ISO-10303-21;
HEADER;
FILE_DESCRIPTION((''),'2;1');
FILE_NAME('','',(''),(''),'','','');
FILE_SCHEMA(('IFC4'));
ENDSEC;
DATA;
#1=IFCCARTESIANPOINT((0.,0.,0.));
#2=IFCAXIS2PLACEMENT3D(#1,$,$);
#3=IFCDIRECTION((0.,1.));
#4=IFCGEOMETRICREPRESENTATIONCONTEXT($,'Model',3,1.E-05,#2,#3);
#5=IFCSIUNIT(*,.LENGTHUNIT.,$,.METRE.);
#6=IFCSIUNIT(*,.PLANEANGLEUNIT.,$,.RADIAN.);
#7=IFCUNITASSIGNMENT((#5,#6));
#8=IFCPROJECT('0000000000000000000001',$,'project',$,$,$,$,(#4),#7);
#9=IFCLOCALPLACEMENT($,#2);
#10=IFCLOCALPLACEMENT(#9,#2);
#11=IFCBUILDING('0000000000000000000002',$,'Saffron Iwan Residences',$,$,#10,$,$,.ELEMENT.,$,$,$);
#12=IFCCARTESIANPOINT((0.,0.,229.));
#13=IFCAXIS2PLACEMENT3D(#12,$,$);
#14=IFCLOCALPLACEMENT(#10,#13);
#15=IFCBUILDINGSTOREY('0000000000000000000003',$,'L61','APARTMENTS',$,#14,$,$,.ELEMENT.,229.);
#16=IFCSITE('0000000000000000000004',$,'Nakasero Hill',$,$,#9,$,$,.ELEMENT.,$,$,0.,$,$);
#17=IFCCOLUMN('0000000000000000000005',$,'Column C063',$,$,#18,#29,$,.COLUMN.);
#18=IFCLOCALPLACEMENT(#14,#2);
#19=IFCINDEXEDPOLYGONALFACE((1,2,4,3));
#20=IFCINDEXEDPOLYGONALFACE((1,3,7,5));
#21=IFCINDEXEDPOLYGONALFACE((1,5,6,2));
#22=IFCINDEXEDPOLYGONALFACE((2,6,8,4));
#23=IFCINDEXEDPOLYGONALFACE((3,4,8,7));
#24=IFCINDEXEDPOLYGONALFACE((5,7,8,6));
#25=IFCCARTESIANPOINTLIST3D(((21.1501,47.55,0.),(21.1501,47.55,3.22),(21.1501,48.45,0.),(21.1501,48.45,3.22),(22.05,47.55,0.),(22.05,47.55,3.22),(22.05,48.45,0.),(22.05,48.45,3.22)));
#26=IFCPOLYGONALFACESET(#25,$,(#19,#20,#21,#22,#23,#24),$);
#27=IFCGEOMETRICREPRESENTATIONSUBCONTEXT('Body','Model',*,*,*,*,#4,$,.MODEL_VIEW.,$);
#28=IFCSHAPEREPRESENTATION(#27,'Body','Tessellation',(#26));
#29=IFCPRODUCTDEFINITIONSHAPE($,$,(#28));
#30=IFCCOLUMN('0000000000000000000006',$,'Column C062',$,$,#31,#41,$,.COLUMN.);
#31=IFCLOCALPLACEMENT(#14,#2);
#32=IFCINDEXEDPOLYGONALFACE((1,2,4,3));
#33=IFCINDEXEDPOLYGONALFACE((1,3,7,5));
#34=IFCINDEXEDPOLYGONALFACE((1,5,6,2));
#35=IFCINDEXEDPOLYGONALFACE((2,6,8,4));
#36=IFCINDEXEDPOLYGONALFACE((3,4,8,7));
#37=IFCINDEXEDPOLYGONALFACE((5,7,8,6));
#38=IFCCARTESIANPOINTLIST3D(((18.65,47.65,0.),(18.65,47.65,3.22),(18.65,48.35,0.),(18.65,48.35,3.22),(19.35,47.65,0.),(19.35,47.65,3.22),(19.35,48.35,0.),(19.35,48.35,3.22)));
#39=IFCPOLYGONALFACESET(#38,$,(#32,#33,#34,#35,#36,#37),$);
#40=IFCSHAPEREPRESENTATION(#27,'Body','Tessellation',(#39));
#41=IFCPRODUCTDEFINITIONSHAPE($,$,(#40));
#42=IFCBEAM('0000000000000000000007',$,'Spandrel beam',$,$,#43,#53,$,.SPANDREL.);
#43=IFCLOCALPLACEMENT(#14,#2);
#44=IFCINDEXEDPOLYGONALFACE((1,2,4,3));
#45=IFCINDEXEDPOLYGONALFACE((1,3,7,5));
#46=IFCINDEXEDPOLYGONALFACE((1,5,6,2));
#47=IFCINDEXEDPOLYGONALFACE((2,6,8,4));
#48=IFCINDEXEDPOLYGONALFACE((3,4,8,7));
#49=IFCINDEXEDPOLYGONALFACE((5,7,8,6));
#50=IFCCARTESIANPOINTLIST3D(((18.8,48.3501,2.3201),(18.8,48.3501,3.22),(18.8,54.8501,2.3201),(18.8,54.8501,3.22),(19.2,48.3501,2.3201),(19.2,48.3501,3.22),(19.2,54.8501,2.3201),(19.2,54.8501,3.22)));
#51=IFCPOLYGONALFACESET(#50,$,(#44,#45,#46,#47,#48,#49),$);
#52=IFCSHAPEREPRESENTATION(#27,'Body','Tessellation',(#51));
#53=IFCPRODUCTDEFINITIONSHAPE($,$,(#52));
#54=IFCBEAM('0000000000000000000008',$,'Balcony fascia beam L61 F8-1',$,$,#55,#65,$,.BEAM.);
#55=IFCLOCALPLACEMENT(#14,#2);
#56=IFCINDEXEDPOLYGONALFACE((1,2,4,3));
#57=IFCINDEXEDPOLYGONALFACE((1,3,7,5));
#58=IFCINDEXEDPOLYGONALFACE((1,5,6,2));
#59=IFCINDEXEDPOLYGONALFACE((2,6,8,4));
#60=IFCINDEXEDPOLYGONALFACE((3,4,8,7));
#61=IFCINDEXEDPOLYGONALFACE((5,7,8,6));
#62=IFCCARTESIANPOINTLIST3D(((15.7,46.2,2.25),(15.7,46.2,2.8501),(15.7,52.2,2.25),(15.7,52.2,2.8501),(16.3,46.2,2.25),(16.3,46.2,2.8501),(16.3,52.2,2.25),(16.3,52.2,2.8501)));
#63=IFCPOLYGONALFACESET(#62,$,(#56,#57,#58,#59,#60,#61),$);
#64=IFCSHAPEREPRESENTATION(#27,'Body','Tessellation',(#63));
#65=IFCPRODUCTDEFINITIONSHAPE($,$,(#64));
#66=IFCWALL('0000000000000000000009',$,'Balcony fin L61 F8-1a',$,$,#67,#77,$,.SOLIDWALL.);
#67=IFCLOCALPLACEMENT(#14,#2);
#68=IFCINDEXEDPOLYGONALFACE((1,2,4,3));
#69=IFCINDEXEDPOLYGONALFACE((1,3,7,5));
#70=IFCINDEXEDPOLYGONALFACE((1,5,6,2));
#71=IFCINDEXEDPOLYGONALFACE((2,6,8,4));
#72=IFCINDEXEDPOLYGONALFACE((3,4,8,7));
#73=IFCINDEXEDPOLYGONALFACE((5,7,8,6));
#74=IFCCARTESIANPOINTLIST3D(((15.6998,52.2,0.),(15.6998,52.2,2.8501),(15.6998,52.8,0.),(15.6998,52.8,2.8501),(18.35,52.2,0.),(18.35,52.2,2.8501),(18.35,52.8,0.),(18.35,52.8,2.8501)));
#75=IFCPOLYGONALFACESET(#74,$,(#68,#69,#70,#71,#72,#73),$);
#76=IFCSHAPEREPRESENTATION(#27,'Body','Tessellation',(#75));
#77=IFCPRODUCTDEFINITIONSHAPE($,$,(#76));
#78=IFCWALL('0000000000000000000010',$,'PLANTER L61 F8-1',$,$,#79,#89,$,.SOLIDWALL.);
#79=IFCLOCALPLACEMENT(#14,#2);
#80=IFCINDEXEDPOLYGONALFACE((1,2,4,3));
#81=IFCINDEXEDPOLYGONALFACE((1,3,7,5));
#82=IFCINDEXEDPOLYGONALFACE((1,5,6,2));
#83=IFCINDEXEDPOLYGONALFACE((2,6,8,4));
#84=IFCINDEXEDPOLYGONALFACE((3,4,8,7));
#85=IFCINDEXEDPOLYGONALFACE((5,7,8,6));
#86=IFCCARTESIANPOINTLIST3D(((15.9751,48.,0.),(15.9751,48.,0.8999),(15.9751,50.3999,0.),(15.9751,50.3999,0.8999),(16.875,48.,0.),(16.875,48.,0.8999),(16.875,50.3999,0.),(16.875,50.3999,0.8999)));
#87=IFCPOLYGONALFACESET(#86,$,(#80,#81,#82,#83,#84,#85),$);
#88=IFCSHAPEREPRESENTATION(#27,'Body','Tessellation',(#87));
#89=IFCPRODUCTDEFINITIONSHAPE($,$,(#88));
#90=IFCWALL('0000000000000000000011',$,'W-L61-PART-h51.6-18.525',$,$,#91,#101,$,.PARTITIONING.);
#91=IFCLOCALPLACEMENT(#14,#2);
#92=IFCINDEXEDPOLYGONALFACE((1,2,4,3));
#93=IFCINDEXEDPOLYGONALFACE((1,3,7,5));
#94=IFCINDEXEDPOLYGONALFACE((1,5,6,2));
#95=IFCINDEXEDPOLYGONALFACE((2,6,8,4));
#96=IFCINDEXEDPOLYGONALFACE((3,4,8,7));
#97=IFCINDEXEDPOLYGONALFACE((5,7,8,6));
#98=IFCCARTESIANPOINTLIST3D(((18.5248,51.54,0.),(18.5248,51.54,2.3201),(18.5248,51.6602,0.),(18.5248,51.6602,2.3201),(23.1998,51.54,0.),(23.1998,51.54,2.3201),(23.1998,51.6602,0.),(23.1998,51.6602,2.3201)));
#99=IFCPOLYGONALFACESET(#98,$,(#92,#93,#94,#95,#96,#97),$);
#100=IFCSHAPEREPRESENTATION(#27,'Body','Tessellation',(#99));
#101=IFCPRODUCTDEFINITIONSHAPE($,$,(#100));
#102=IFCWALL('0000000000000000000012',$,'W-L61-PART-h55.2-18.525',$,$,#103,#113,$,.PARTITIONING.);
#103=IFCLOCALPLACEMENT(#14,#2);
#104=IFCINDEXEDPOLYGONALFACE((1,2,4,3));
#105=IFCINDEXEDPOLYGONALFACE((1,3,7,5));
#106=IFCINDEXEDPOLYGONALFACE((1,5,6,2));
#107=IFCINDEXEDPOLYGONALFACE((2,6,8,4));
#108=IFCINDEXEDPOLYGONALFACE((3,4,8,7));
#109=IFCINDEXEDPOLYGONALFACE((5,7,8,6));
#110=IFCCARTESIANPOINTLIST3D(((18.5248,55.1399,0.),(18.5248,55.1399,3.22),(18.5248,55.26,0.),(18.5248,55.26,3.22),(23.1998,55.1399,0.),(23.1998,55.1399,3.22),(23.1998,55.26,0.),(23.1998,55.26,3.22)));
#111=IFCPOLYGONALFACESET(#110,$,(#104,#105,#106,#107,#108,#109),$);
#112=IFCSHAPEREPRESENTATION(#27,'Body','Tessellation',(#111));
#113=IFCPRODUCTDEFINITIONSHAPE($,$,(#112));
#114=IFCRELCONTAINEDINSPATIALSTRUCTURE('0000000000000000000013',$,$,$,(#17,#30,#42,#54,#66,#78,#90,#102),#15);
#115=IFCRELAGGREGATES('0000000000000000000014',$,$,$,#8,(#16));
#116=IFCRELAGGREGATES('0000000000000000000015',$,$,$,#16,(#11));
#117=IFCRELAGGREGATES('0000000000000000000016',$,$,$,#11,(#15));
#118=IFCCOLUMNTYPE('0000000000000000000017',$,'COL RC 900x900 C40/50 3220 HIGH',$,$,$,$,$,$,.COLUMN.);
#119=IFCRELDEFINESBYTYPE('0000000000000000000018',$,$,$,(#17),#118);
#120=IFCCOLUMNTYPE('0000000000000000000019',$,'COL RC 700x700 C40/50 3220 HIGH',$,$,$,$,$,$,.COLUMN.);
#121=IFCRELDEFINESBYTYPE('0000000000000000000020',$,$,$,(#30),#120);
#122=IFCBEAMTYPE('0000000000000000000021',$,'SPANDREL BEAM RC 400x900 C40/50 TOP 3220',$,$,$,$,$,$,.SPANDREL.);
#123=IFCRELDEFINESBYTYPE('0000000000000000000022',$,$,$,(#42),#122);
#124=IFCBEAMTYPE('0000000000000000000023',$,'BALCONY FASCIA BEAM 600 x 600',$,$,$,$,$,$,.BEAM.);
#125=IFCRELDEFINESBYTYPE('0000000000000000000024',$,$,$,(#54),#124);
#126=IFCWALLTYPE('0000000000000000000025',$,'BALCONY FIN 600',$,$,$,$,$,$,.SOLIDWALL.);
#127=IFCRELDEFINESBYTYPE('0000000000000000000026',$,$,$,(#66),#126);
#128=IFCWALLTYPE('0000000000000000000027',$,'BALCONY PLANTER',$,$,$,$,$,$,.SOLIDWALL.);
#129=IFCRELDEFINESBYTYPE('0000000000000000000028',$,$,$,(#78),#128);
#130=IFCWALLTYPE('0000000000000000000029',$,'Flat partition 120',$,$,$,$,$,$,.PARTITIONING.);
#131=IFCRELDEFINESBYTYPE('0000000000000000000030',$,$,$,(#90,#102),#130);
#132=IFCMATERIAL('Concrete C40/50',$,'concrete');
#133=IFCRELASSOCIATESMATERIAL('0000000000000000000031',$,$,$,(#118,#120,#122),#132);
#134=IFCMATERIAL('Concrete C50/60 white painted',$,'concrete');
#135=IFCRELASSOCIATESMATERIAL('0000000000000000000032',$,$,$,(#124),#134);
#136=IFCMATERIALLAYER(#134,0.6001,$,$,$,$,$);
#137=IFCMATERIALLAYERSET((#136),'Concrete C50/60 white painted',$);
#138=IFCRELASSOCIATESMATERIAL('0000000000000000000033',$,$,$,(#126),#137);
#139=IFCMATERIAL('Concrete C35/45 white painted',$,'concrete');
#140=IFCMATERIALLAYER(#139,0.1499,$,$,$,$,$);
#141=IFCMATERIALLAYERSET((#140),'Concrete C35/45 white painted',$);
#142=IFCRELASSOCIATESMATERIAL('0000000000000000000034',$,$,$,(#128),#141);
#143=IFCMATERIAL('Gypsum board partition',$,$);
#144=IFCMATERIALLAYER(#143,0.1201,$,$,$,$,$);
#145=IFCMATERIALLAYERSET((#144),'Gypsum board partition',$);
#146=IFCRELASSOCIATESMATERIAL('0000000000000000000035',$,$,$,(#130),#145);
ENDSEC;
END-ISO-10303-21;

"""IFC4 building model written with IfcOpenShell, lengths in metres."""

from ifc_helpers import new_model, si_unit, direction, frame, frame_2d, origin, origin_2d, place, context, subcontext, project, spatial, rectangle, extrude, source, transform, mapped, material, layer, layer_set, material_profile, profile_set, type_object, element, save


model = new_model("IFC4")

# Units and contexts
model_context = context("Model", 3, precision=1e-05, world=origin(), true_north=direction((0.0, 1.0)))
body_context = subcontext(model_context, "Body", "Model", "MODEL_VIEW")
ifc_project = project(units=[si_unit("LENGTHUNIT", "METRE"), si_unit("PLANEANGLEUNIT", "RADIAN")], contexts=[model_context])

# Site, building, storey
site_placement = place(None, origin())
site = spatial("IfcSite", under=ifc_project, at=site_placement, Name="Nakasero Hill", CompositionType="ELEMENT", RefElevation=0.0)
building_placement = place(site_placement, origin())
building = spatial("IfcBuilding", under=site, at=building_placement, Name="Saffron Iwan Residences", CompositionType="ELEMENT")
storey_placement = place(building_placement, frame((0.0, 0.0, 229.0)))
storey = spatial("IfcBuildingStorey", under=building, at=storey_placement, Name="L61", Description="APARTMENTS", CompositionType="ELEMENT", Elevation=229.0)

# Columns
ifc_material_1 = material(Name="Concrete C40/50", Category="concrete")
ifc_material_profile_1 = material_profile(ifc_material_1, rectangle(XDim=0.8999, YDim=0.8999, at=origin_2d()), Name="RC 900x900")
ifc_profile_set_1 = profile_set([ifc_material_profile_1], Name="Concrete C40/50")
column_type_1 = type_object("IfcColumnType", Name="COL RC 900x900 C40/50 3220 HIGH", PredefinedType="COLUMN", material=ifc_profile_set_1)
shared_shape_1 = source(origin(), body_context, "Body", "SweptSolid", [
    extrude(rectangle(XDim=0.8999, YDim=0.8999, at=origin_2d()), origin(), (0.0, 0.0, 1.0), 3.22),
])
column_1_placement = place(storey_placement, frame((21.6001, 48.0, 0.0), z_axis=(0.0, 0.0, 1.0), x_axis=(1.0, 0.0, 0.0)))
element("IfcColumn", 1, at=column_1_placement, inside=storey, type_object=column_type_1, Name="Column C063", PredefinedType="COLUMN", context=body_context, shape_type="MappedRepresentation", body=[
    mapped(shared_shape_1, transform((0.0, 0.0, 0.0))),
])
ifc_material_profile_2 = material_profile(ifc_material_1, rectangle(XDim=0.7, YDim=0.7, at=origin_2d()), Name="RC 700x700")
ifc_profile_set_2 = profile_set([ifc_material_profile_2], Name="Concrete C40/50")
column_type_2 = type_object("IfcColumnType", Name="COL RC 700x700 C40/50 3220 HIGH", PredefinedType="COLUMN", material=ifc_profile_set_2)
shared_shape_2 = source(origin(), body_context, "Body", "SweptSolid", [
    extrude(rectangle(XDim=0.7, YDim=0.7, at=origin_2d()), origin(), (0.0, 0.0, 1.0), 3.22),
])
column_2_placement = place(storey_placement, frame((19.0, 48.0, 0.0), z_axis=(0.0, 0.0, 1.0), x_axis=(1.0, 0.0, 0.0)))
element("IfcColumn", 2, at=column_2_placement, inside=storey, type_object=column_type_2, Name="Column C062", PredefinedType="COLUMN", context=body_context, shape_type="MappedRepresentation", body=[
    mapped(shared_shape_2, transform((0.0, 0.0, 0.0))),
])

# Beams
ifc_material_profile_3 = material_profile(ifc_material_1, rectangle(XDim=0.3999, YDim=0.8999, at=origin_2d()), Name="RC 400x900")
ifc_profile_set_3 = profile_set([ifc_material_profile_3], Name="Concrete C40/50")
beam_type_1 = type_object("IfcBeamType", Name="SPANDREL BEAM RC 400x900 C40/50 TOP 3220", PredefinedType="SPANDREL", material=ifc_profile_set_3)
shared_shape_3 = source(origin(), body_context, "Body", "SweptSolid", [
    extrude(rectangle(XDim=0.3999, YDim=0.8999, at=origin_2d()), origin(), (0.0, 0.0, 1.0), 6.5),
])
beam_1_placement = place(storey_placement, frame((19.0, 48.3501, 2.77), z_axis=(0.0, 1.0, 0.0), x_axis=(-1.0, 0.0, 0.0)))
element("IfcBeam", 3, at=beam_1_placement, inside=storey, type_object=beam_type_1, Name="Spandrel beam", PredefinedType="SPANDREL", context=body_context, shape_type="MappedRepresentation", body=[
    mapped(shared_shape_3, transform((0.0, 0.0, 0.0))),
])
ifc_material_2 = material(Name="Concrete C50/60 white painted", Category="concrete")
ifc_material_profile_4 = material_profile(ifc_material_2, rectangle(XDim=0.6001, YDim=0.6001, at=origin_2d()), Name="BALCONY FASCIA BEAM 600 x 600")
ifc_profile_set_4 = profile_set([ifc_material_profile_4], Name="Concrete C50/60 white painted")
beam_type_2 = type_object("IfcBeamType", Name="BALCONY FASCIA BEAM 600 x 600", PredefinedType="BEAM", material=ifc_profile_set_4)
shared_shape_4 = source(origin(), body_context, "Body", "SweptSolid", [
    extrude(rectangle(XDim=0.6001, YDim=0.6001, at=origin_2d()), origin(), (0.0, 0.0, 1.0), 6.0),
])
beam_2_placement = place(storey_placement, frame((16.0, 52.2, 2.55), z_axis=(0.0, -1.0, 0.0), x_axis=(1.0, 0.0, 0.0)))
element("IfcBeam", 4, at=beam_2_placement, inside=storey, type_object=beam_type_2, Name="Balcony fascia beam L61 F8-1", PredefinedType="BEAM", context=body_context, shape_type="MappedRepresentation", body=[
    mapped(shared_shape_4, transform((0.0, 0.0, 0.0))),
])

# Walls
ifc_layer_1 = layer(ifc_material_2, 0.6001)
ifc_layer_set_1 = layer_set([ifc_layer_1], Name="Concrete C50/60 white painted")
wall_type_1 = type_object("IfcWallType", Name="BALCONY FIN 600", PredefinedType="SOLIDWALL", material=ifc_layer_set_1)
wall_1_placement = place(storey_placement, frame((18.3501, 52.5, 0.0), z_axis=(0.0, 0.0, 1.0), x_axis=(-1.0, 0.0, 0.0)))
element("IfcWall", 5, at=wall_1_placement, inside=storey, type_object=wall_type_1, Name="Balcony fin L61 F8-1a", PredefinedType="SOLIDWALL", context=body_context, shape_type="SweptSolid", body=[
    extrude(rectangle(XDim=2.6501, YDim=0.6001, at=frame_2d((1.3252, 0.0))), origin(), (0.0, 0.0, 1.0), 2.8501),
])
ifc_material_3 = material(Name="Concrete C35/45 white painted", Category="concrete")
ifc_layer_2 = layer(ifc_material_3, 0.1499)
ifc_layer_set_2 = layer_set([ifc_layer_2], Name="Concrete C35/45 white painted")
wall_type_2 = type_object("IfcWallType", Name="BALCONY PLANTER", PredefinedType="SOLIDWALL", material=ifc_layer_set_2)
wall_2_placement = place(storey_placement, frame((16.425, 50.3999, 0.0), z_axis=(0.0, 0.0, 1.0), x_axis=(0.0, -1.0, 0.0)))
element("IfcWall", 6, at=wall_2_placement, inside=storey, type_object=wall_type_2, Name="PLANTER L61 F8-1", PredefinedType="SOLIDWALL", context=body_context, shape_type="SweptSolid", body=[
    extrude(rectangle(XDim=2.3999, YDim=0.8999, at=frame_2d((1.2, 0.0))), origin(), (0.0, 0.0, 1.0), 0.8999),
])
ifc_material_4 = material(Name="Gypsum board partition")
ifc_layer_3 = layer(ifc_material_4, 0.1201)
ifc_layer_set_3 = layer_set([ifc_layer_3], Name="Gypsum board partition")
wall_type_3 = type_object("IfcWallType", Name="Flat partition 120", PredefinedType="PARTITIONING", material=ifc_layer_set_3)
wall_3_placement = place(storey_placement, frame((18.5249, 51.6001, 0.0), z_axis=(0.0, 0.0, 1.0), x_axis=(1.0, 0.0, 0.0)))
element("IfcWall", 7, at=wall_3_placement, inside=storey, type_object=wall_type_3, Name="W-L61-PART-h51.6-18.525", PredefinedType="PARTITIONING", context=body_context, shape_type="SweptSolid", body=[
    extrude(rectangle(XDim=4.675, YDim=0.1201, at=frame_2d((2.3374, 0.0))), origin(), (0.0, 0.0, 1.0), 2.3201),
])
wall_4_placement = place(storey_placement, frame((18.5249, 55.2, 0.0), z_axis=(0.0, 0.0, 1.0), x_axis=(1.0, 0.0, 0.0)))
element("IfcWall", 8, at=wall_4_placement, inside=storey, type_object=wall_type_3, Name="W-L61-PART-h55.2-18.525", PredefinedType="PARTITIONING", context=body_context, shape_type="SweptSolid", body=[
    extrude(rectangle(XDim=4.675, YDim=0.1201, at=frame_2d((2.3374, 0.0))), origin(), (0.0, 0.0, 1.0), 3.22),
])

save(model, "model.ifc")
